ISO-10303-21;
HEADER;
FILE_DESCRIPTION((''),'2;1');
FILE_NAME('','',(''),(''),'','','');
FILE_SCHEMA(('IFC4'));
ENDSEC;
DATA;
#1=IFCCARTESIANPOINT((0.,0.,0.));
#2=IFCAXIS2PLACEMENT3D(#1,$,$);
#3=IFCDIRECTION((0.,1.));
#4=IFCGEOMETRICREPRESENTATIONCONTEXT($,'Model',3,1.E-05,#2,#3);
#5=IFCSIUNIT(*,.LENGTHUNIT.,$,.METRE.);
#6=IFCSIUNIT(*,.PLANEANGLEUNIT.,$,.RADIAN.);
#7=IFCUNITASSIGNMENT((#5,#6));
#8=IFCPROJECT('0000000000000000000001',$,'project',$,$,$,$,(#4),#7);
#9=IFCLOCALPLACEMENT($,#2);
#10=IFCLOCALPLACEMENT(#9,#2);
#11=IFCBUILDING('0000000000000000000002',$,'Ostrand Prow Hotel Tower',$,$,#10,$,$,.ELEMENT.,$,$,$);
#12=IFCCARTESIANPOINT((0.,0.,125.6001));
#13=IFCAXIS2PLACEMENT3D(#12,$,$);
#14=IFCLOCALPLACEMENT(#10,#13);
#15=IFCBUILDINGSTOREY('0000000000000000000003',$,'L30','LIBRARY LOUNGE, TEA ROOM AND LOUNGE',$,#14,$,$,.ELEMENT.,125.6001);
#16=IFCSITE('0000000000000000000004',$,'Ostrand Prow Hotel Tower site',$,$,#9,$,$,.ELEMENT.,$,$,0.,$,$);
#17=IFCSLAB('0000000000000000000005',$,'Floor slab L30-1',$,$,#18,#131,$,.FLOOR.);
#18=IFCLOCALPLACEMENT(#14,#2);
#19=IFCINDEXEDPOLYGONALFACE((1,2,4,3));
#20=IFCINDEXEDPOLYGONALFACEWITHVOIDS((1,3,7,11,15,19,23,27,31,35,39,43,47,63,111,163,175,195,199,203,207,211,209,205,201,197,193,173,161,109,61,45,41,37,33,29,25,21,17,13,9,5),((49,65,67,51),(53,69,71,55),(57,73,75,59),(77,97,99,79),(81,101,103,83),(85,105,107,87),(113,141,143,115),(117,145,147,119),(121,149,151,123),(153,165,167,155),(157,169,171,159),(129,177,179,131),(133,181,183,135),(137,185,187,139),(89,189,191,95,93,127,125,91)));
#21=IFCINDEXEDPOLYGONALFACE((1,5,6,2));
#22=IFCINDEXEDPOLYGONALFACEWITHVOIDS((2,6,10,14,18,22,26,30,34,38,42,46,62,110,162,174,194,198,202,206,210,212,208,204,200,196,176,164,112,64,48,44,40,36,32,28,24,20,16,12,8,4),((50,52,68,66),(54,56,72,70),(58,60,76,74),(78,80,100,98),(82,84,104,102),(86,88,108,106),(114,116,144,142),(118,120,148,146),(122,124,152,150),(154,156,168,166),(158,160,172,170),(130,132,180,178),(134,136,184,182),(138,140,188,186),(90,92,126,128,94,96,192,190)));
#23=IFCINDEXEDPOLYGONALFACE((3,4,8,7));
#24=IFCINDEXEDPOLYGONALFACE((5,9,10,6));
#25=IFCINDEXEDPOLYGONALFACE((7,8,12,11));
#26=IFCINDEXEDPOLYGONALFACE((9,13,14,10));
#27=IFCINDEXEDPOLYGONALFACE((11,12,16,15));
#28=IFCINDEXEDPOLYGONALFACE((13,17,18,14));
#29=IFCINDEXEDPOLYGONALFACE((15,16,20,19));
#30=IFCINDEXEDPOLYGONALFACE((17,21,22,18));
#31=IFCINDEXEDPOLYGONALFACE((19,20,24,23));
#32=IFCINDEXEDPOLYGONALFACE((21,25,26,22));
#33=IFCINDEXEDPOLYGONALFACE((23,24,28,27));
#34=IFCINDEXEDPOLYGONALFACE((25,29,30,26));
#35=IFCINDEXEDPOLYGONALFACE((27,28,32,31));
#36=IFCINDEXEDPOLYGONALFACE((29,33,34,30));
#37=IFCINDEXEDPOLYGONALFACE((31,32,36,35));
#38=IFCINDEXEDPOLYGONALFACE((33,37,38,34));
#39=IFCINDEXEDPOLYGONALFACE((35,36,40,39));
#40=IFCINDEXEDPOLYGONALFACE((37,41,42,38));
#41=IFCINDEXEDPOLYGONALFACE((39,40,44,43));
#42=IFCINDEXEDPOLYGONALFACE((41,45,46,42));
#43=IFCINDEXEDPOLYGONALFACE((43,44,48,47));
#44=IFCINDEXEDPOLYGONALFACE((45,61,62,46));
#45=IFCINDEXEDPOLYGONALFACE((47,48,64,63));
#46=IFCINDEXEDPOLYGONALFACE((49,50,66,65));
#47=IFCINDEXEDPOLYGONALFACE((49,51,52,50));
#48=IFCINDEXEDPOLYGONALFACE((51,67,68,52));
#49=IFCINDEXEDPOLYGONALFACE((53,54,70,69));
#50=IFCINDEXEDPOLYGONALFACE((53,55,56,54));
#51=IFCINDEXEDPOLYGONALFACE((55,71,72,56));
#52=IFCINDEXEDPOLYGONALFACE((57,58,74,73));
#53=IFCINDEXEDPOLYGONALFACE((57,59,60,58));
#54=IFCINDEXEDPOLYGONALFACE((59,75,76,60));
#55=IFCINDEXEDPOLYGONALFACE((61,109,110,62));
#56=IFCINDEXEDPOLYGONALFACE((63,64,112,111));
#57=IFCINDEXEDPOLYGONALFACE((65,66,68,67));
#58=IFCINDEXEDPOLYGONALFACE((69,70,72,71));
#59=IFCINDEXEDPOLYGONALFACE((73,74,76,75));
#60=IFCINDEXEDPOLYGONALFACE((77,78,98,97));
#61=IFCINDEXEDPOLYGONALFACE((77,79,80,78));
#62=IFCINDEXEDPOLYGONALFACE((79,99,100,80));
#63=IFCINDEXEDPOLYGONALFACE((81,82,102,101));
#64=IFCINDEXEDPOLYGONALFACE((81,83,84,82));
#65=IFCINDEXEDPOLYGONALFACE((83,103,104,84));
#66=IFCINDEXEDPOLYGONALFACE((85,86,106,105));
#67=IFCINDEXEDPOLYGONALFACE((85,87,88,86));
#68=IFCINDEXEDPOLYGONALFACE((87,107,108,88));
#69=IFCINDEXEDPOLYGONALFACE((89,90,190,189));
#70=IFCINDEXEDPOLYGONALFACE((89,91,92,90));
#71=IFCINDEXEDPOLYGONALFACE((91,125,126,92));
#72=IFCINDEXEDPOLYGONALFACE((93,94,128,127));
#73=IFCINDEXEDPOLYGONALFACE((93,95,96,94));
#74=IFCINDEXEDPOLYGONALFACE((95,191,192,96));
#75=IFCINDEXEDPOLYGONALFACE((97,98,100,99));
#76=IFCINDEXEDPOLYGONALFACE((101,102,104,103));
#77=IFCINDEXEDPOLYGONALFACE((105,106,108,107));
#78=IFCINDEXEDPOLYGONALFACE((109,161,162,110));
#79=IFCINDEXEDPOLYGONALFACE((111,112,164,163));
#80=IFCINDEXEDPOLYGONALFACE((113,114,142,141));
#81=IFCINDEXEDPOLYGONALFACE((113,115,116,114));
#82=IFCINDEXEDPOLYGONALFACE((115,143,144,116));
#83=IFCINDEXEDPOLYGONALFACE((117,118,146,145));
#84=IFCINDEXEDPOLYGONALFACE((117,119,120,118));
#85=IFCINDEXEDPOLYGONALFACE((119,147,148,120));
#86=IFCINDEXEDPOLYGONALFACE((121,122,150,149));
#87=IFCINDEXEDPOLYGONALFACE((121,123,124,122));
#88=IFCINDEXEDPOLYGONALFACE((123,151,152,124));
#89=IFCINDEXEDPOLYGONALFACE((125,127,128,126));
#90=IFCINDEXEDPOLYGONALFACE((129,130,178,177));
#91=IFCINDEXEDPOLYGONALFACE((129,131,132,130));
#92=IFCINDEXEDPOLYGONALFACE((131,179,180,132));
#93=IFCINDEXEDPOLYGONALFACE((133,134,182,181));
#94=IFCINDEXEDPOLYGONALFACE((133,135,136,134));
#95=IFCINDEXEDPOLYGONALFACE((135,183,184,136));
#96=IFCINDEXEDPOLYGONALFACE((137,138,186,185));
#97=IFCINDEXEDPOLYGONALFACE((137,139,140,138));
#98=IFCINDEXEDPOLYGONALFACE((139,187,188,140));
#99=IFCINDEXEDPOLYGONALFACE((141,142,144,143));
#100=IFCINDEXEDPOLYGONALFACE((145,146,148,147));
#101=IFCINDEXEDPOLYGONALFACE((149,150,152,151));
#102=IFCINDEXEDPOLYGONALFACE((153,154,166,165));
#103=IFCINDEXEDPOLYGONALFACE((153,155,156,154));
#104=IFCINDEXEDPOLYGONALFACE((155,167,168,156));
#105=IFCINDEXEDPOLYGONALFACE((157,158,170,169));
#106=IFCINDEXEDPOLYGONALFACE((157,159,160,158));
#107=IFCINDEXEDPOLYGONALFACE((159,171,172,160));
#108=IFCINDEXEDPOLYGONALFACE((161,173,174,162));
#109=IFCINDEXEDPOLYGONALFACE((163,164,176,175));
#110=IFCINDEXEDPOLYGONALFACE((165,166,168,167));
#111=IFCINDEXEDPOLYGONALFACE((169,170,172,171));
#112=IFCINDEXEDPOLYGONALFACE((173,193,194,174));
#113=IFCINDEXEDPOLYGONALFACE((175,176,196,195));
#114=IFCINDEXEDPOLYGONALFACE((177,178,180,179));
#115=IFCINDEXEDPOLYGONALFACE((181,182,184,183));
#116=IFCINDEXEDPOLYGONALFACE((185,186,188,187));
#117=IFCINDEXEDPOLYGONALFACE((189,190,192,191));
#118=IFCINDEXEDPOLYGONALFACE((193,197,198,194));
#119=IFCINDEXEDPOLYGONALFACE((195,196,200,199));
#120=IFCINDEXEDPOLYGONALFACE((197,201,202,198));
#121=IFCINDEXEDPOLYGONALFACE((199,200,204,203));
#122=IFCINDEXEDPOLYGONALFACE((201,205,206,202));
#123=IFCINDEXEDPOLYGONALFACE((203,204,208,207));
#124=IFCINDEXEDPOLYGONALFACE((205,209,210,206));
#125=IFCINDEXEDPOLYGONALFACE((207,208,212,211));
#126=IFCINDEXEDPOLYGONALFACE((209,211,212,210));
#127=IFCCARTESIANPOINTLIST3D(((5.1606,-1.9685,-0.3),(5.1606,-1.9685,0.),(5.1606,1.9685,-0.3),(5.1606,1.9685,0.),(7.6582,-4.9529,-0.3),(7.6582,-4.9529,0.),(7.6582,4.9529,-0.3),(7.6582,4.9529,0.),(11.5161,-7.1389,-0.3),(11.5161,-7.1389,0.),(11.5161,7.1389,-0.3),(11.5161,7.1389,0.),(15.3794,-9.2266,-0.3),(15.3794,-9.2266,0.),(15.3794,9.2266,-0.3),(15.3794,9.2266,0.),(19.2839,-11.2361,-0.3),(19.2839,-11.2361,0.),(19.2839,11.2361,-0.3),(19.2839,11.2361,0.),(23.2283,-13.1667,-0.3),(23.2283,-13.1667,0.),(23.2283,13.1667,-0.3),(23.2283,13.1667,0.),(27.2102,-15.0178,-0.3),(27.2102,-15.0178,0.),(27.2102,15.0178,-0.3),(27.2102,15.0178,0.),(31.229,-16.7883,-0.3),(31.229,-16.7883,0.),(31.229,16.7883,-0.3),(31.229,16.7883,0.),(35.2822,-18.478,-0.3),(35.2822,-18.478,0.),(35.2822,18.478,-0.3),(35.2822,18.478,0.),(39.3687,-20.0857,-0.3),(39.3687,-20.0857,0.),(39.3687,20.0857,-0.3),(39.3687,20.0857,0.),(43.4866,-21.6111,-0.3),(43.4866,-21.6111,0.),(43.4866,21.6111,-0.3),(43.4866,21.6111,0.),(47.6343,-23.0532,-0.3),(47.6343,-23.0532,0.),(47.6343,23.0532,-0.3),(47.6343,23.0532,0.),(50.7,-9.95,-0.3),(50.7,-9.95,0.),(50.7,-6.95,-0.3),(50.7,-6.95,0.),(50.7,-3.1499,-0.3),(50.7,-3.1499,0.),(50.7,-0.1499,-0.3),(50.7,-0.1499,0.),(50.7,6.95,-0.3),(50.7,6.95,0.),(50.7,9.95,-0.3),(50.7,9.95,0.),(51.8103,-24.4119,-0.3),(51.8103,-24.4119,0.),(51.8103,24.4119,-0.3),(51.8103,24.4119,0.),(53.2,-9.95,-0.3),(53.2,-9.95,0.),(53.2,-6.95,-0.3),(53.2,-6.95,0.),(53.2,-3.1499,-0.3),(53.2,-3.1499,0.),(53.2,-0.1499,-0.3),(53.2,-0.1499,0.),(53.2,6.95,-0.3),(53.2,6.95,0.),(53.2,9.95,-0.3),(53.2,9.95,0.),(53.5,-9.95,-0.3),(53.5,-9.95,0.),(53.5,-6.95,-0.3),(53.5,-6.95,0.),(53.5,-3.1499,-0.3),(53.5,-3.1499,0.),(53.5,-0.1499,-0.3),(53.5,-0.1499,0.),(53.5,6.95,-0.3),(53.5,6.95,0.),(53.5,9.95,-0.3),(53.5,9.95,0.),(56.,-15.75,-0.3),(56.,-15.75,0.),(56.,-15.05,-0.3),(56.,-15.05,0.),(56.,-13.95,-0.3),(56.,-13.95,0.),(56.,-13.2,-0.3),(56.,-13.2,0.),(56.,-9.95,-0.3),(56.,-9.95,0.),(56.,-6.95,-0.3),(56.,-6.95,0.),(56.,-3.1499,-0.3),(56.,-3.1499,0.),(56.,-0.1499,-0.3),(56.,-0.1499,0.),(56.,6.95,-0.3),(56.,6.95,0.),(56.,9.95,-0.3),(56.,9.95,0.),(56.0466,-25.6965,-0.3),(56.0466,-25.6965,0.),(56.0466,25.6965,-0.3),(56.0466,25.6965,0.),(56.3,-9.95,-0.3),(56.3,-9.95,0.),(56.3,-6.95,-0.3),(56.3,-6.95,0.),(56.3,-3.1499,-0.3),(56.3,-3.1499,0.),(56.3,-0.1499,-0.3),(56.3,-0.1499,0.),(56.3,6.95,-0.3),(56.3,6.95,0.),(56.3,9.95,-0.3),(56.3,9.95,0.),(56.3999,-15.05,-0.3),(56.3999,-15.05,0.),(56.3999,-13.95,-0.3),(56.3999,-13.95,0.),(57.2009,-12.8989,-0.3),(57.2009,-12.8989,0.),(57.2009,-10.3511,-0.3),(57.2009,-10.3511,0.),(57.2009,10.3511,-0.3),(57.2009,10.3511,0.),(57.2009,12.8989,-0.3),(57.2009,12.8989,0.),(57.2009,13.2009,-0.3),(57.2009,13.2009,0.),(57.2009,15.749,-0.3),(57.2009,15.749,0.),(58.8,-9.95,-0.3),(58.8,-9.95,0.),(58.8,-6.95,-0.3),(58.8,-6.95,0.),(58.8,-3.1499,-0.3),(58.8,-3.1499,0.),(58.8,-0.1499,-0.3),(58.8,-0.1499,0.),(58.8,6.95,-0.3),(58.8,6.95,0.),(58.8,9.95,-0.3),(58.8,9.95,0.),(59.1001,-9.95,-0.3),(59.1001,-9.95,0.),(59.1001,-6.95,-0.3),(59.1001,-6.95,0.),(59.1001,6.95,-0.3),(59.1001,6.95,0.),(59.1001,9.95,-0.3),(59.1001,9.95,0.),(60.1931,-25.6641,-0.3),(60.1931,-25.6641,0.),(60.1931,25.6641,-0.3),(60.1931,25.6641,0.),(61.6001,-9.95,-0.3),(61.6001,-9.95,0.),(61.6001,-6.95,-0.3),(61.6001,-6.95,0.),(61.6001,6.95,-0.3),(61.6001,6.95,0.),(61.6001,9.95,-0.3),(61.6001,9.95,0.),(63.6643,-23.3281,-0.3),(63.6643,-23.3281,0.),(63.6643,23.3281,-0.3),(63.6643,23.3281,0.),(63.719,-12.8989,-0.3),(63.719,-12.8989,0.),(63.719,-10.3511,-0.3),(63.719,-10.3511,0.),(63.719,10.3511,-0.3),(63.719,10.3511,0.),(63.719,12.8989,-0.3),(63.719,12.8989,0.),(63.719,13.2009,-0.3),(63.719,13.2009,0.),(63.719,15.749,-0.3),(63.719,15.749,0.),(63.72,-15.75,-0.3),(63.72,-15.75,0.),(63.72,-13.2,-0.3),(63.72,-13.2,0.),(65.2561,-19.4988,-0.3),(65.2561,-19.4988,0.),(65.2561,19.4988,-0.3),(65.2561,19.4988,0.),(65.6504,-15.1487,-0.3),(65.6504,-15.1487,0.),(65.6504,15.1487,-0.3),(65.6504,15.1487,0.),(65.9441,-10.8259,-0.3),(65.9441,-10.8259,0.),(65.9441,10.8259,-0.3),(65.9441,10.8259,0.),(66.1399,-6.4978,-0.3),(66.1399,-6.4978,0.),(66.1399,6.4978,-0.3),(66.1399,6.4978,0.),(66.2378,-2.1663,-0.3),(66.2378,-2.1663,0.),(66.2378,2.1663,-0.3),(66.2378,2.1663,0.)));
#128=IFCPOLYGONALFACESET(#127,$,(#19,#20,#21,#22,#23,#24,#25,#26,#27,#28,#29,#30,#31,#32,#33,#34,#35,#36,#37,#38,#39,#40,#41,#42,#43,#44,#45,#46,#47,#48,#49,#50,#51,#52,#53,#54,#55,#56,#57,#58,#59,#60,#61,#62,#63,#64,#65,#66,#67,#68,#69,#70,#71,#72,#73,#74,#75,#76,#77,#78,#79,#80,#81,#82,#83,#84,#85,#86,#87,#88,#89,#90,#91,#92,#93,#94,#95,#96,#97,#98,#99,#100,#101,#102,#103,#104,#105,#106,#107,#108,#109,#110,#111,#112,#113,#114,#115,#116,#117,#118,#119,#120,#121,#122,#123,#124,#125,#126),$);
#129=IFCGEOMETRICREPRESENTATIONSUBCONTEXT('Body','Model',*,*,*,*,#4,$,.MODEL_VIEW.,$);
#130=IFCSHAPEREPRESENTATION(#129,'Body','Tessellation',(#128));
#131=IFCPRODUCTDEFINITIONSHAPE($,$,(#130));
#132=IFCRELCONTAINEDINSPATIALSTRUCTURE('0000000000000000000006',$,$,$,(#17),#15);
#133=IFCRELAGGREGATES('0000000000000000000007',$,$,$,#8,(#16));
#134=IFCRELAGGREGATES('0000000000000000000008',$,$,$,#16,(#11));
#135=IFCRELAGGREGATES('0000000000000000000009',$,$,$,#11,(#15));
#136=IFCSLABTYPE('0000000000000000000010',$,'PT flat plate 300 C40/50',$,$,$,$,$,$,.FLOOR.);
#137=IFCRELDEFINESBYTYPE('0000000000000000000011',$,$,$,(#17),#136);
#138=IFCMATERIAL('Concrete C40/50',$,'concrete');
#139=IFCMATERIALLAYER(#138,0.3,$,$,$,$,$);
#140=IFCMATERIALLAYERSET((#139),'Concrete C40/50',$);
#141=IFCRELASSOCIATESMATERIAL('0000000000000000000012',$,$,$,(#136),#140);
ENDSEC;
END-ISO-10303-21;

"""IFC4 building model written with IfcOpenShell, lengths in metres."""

from ifc_helpers import new_model, si_unit, direction, frame, origin, place, context, subcontext, project, spatial, polyline, outline, extrude, material, layer, layer_set, type_object, element, save


model = new_model("IFC4")

# Units and contexts
model_context = context("Model", 3, precision=1e-05, world=origin(), true_north=direction((0.0, 1.0)))
body_context = subcontext(model_context, "Body", "Model", "MODEL_VIEW")
ifc_project = project(units=[si_unit("LENGTHUNIT", "METRE"), si_unit("PLANEANGLEUNIT", "RADIAN")], contexts=[model_context])

# Site, building, storey
site_placement = place(None, origin())
site = spatial("IfcSite", under=ifc_project, at=site_placement, Name="Ostrand Prow Hotel Tower site", CompositionType="ELEMENT", RefElevation=0.0)
building_placement = place(site_placement, origin())
building = spatial("IfcBuilding", under=site, at=building_placement, Name="Ostrand Prow Hotel Tower", CompositionType="ELEMENT")
storey_placement = place(building_placement, frame((0.0, 0.0, 125.6001)))
storey = spatial("IfcBuildingStorey", under=building, at=storey_placement, Name="L30", Description="LIBRARY LOUNGE, TEA ROOM AND LOUNGE", CompositionType="ELEMENT", Elevation=125.6001)

# Slab, opening
ifc_material_1 = material(Name="Concrete C40/50", Category="concrete")
ifc_layer_1 = layer(ifc_material_1, 0.3)
ifc_layer_set_1 = layer_set([ifc_layer_1], Name="Concrete C40/50")
slab_type_1 = type_object("IfcSlabType", Name="PT flat plate 300 C40/50", PredefinedType="FLOOR", material=ifc_layer_set_1)
slab_1_placement = place(storey_placement, frame((0.0, 0.0, -0.3)))
slab_1 = element("IfcSlab", 1, at=slab_1_placement, inside=storey, type_object=slab_type_1, Name="Floor slab L30-1", PredefinedType="FLOOR", context=body_context, shape_type="SweptSolid", body=[
    extrude(outline(polyline([(7.6582, 4.9529), (11.5161, 7.1389), (15.3794, 9.2266), (19.2839, 11.2361), (23.2283, 13.1667), (27.2102, 15.0178), (31.229, 16.7883), (35.2822, 18.478), (39.3687, 20.0857), (43.4866, 21.6111), (47.6343, 23.0532), (51.8103, 24.4119), (56.0466, 25.6965), (60.1931, 25.6641), (63.6643, 23.3281), (65.2561, 19.4988), (65.6504, 15.1487), (65.9441, 10.8259), (66.1399, 6.4978), (66.2378, 2.1663), (66.2378, -2.1663), (66.1399, -6.4978), (65.9441, -10.8259), (65.6504, -15.1487), (65.2561, -19.4988), (63.6643, -23.3281), (60.1931, -25.6641), (56.0466, -25.6965), (51.8103, -24.4119), (47.6343, -23.0532), (43.4866, -21.6111), (39.3687, -20.0857), (35.2822, -18.478), (31.229, -16.7883), (27.2102, -15.0178), (23.2283, -13.1667), (19.2839, -11.2361), (15.3794, -9.2266), (11.5161, -7.1389), (7.6582, -4.9529), (5.1606, -1.9685), (5.1606, 1.9685), (7.6582, 4.9529)]), holes=[polyline([(50.7, 6.95), (53.2, 6.95), (53.2, 9.95), (50.7, 9.95), (50.7, 6.95)]), polyline([(53.5, 6.95), (56.0, 6.95), (56.0, 9.95), (53.5, 9.95), (53.5, 6.95)]), polyline([(56.3, 6.95), (58.8, 6.95), (58.8, 9.95), (56.3, 9.95), (56.3, 6.95)]), polyline([(59.1001, 6.95), (61.6001, 6.95), (61.6001, 9.95), (59.1001, 9.95), (59.1001, 6.95)]), polyline([(50.7, -3.1499), (53.2, -3.1499), (53.2, -0.1499), (50.7, -0.1499), (50.7, -3.1499)]), polyline([(53.5, -3.1499), (56.0, -3.1499), (56.0, -0.1499), (53.5, -0.1499), (53.5, -3.1499)]), polyline([(56.3, -3.1499), (58.8, -3.1499), (58.8, -0.1499), (56.3, -0.1499), (56.3, -3.1499)]), polyline([(50.7, -9.95), (53.2, -9.95), (53.2, -6.95), (50.7, -6.95), (50.7, -9.95)]), polyline([(53.5, -9.95), (56.0, -9.95), (56.0, -6.95), (53.5, -6.95), (53.5, -9.95)]), polyline([(56.3, -9.95), (58.8, -9.95), (58.8, -6.95), (56.3, -6.95), (56.3, -9.95)]), polyline([(59.1001, -9.95), (61.6001, -9.95), (61.6001, -6.95), (59.1001, -6.95), (59.1001, -9.95)]), polyline([(57.2009, 10.3511), (57.2009, 12.8989), (63.719, 12.8989), (63.719, 10.3511), (57.2009, 10.3511)]), polyline([(57.2009, 13.2009), (57.2009, 15.749), (63.719, 15.749), (63.719, 13.2009), (57.2009, 13.2009)]), polyline([(57.2009, -12.8989), (57.2009, -10.3511), (63.719, -10.3511), (63.719, -12.8989), (57.2009, -12.8989)]), polyline([(56.0, -13.2), (63.72, -13.2), (63.72, -15.75), (56.0, -15.75), (56.0, -15.05), (56.3999, -15.05), (56.3999, -13.95), (56.0, -13.95), (56.0, -13.2)])]), origin(), (0.0, 0.0, 1.0), 0.3),
])
opening_1_placement = place(slab_1_placement, origin())
element("IfcOpeningElement", 2, at=opening_1_placement, cuts=slab_1, PredefinedType="OPENING", context=body_context, shape_type="SweptSolid", body=[
    extrude(outline(polyline([(56.0, -13.2), (63.72, -13.2), (63.72, -15.75), (56.0, -15.75), (56.0, -15.05), (56.3999, -15.05), (56.3999, -13.95), (56.0, -13.95), (56.0, -13.2)])), origin(), (0.0, 0.0, 1.0), 0.3),
])

save(model, "model.ifc")
